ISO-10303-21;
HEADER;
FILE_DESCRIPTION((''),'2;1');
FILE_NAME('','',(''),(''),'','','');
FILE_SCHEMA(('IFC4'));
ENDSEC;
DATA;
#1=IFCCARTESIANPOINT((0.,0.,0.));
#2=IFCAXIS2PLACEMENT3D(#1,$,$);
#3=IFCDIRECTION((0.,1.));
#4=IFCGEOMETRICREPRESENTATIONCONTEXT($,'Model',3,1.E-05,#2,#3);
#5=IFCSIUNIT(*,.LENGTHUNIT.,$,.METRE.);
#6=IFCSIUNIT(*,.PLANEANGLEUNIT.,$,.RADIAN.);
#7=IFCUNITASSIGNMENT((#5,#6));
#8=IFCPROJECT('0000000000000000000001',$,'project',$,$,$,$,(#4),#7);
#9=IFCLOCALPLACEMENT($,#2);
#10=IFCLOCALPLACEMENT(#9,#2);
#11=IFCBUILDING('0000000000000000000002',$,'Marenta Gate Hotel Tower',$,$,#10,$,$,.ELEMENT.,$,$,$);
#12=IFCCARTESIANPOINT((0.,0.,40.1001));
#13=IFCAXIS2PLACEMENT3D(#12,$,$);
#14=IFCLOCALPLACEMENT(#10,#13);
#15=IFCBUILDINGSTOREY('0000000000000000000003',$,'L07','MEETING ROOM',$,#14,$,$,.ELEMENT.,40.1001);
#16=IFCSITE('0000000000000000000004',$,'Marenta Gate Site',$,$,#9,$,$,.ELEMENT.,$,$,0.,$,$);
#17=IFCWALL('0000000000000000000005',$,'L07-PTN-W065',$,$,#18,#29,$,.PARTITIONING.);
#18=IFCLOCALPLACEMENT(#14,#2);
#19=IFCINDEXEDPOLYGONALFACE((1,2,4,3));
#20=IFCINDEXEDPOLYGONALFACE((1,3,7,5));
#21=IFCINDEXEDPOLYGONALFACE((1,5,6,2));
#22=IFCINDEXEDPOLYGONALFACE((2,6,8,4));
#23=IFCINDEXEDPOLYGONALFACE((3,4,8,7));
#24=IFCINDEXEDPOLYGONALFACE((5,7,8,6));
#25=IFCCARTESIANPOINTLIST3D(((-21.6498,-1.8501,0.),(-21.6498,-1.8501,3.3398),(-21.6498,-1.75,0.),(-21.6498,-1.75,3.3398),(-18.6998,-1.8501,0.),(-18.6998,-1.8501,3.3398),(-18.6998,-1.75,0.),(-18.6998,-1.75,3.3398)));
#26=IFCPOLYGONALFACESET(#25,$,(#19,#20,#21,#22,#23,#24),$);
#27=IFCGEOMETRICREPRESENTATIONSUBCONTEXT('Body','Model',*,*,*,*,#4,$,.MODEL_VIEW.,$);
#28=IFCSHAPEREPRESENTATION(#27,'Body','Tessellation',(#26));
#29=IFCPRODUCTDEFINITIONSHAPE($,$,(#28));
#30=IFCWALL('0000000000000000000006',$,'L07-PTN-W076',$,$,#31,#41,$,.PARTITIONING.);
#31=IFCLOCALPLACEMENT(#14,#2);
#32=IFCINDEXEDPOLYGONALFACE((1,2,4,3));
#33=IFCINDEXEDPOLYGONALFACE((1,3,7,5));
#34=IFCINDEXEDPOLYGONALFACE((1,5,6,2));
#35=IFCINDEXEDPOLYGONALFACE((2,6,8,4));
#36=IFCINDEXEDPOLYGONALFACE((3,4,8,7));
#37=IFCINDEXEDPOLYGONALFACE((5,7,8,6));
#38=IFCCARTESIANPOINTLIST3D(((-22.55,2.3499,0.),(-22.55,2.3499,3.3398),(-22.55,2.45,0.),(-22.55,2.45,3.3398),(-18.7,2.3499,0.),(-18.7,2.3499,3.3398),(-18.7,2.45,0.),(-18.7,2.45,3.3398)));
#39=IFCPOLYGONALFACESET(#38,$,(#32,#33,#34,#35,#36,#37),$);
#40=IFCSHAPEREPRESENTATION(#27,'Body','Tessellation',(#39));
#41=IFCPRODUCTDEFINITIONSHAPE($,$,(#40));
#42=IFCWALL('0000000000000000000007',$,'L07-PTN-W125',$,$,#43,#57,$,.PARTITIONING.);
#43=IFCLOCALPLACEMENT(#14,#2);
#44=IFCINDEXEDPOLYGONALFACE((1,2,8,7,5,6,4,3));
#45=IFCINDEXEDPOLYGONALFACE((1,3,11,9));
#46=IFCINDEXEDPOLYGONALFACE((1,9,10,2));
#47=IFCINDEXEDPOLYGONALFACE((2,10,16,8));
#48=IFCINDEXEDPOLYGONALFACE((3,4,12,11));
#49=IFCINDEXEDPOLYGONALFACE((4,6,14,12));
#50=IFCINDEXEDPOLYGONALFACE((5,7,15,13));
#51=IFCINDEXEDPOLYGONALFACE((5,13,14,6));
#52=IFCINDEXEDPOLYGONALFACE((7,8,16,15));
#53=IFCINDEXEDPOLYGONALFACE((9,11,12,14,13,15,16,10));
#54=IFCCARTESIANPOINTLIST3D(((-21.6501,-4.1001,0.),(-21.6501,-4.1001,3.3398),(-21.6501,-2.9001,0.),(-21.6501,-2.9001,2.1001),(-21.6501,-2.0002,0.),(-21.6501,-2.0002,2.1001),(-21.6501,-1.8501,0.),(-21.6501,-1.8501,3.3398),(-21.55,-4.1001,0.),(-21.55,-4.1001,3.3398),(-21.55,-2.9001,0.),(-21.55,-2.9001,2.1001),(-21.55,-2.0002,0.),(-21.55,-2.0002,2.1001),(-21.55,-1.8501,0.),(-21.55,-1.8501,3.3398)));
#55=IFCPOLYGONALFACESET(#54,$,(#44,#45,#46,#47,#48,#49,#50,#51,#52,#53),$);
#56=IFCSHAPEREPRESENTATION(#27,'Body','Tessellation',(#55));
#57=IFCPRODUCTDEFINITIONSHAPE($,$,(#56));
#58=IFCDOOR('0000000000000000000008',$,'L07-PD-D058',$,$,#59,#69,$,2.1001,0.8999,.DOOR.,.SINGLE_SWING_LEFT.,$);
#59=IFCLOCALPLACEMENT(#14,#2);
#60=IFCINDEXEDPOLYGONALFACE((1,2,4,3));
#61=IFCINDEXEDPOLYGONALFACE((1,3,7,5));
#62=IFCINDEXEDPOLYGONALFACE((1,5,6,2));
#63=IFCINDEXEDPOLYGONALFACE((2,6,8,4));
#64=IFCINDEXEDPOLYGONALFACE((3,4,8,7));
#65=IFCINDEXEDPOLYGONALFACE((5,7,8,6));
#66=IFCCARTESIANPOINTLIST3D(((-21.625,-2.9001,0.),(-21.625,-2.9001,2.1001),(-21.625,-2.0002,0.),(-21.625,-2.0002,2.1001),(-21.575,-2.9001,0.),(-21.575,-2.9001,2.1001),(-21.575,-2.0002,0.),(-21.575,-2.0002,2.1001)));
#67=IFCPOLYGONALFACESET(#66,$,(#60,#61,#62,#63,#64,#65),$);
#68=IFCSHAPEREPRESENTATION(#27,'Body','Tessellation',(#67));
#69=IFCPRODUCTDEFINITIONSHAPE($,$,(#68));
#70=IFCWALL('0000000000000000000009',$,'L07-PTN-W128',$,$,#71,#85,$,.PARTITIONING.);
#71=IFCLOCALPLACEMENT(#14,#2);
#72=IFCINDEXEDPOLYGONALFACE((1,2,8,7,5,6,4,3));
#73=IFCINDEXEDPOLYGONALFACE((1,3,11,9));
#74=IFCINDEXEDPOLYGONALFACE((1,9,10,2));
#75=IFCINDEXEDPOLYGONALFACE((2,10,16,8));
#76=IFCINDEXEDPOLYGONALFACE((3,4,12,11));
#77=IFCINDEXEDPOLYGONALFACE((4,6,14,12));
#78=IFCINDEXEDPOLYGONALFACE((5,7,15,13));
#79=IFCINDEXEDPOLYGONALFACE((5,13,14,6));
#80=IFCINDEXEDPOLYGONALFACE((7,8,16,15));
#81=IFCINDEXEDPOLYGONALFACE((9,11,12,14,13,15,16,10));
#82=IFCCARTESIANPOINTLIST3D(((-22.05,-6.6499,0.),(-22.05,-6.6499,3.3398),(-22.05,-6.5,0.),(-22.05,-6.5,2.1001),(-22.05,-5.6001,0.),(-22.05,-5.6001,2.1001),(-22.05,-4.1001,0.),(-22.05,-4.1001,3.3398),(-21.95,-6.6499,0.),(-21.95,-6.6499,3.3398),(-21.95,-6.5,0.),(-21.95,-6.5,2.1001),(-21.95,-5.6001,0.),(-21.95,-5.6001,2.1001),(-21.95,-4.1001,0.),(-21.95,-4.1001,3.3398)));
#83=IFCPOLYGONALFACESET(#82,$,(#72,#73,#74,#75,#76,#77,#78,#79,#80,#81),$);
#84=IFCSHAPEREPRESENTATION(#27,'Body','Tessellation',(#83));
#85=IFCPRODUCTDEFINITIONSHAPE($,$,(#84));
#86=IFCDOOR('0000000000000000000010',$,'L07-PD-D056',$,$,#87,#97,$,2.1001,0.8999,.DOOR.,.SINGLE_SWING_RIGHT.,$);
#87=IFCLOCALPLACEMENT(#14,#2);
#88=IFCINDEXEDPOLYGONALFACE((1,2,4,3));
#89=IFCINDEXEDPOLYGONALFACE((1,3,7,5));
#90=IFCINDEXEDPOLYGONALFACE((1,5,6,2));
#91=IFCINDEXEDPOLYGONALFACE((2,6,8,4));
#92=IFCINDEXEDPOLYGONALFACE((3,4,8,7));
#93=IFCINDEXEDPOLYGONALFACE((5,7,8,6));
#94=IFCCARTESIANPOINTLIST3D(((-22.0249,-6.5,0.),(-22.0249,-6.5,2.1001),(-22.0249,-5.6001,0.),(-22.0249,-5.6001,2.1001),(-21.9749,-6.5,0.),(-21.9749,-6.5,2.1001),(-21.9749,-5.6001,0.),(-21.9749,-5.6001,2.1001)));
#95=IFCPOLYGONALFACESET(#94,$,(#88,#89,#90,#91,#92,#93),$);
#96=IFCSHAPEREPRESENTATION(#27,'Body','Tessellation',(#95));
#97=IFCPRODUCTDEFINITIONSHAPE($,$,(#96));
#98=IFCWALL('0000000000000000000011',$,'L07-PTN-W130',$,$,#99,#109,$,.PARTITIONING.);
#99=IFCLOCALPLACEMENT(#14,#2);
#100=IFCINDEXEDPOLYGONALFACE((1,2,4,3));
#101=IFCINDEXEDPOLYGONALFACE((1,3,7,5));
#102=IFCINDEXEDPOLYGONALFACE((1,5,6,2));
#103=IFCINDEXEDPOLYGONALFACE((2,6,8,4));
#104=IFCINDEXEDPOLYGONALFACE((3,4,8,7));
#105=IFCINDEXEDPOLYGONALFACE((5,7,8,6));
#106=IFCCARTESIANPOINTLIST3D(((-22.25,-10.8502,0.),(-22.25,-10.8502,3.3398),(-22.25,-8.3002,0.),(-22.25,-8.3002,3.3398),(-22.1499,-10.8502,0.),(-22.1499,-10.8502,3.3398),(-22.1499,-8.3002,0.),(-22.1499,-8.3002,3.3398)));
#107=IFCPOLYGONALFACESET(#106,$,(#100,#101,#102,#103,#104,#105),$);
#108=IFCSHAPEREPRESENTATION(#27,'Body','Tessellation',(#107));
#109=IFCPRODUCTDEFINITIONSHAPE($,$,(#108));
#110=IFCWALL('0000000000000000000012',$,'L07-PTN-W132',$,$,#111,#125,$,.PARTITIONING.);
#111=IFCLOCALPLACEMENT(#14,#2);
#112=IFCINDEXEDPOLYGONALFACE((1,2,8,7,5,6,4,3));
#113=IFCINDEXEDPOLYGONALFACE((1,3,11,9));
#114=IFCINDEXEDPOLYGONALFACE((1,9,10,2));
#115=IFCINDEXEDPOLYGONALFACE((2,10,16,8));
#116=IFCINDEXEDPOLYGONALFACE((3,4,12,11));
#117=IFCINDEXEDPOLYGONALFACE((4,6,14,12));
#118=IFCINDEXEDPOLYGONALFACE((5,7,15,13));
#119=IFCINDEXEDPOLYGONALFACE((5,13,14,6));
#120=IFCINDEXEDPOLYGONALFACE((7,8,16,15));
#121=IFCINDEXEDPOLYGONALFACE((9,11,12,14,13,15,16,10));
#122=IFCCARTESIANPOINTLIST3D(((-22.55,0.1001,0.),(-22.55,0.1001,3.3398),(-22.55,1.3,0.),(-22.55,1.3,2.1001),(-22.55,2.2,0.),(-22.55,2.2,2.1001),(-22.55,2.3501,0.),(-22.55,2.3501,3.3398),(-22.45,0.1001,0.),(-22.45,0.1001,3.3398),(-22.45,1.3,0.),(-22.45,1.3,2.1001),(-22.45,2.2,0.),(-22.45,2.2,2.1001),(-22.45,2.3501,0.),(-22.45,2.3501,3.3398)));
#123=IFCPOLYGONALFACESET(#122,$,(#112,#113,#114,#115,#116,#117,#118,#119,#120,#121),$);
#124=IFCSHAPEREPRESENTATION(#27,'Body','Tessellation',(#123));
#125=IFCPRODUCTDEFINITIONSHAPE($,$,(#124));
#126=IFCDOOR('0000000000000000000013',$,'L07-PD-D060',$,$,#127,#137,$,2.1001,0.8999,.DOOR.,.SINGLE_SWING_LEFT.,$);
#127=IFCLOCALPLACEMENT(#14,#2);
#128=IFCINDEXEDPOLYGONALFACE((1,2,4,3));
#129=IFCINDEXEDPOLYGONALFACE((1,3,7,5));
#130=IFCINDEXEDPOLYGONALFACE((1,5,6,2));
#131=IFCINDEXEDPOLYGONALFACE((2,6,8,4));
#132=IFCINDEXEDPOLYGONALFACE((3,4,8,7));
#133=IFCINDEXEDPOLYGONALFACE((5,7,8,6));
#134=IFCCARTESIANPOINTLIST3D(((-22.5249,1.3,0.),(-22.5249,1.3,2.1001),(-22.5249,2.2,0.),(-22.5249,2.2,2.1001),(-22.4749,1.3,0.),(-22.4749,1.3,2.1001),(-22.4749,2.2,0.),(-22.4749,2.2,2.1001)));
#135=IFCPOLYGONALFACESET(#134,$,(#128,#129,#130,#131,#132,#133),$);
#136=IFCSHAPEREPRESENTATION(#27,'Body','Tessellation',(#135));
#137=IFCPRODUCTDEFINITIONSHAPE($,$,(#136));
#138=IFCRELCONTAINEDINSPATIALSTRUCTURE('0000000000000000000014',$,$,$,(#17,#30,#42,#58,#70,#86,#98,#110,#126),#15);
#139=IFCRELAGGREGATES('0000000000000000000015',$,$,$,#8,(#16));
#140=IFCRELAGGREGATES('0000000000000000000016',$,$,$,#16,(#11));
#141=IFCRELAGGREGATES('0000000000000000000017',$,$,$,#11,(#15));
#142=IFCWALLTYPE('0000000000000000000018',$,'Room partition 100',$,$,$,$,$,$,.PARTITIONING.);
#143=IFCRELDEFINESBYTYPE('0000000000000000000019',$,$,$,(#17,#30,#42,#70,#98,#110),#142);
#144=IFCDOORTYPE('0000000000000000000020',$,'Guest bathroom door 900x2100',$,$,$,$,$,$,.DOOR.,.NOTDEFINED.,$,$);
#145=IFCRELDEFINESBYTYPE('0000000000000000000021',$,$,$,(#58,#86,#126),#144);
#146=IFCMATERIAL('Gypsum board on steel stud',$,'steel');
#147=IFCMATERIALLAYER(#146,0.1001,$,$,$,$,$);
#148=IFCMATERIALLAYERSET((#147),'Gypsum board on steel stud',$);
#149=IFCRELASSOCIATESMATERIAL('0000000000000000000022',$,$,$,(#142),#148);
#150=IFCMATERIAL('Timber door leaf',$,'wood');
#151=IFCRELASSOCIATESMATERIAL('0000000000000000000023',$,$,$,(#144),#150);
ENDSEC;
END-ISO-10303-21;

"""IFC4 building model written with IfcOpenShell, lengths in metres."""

from ifc_helpers import new_model, si_unit, direction, frame, frame_2d, origin, place, context, subcontext, project, spatial, rectangle, extrude, material, layer, layer_set, type_object, element, fill, save


model = new_model("IFC4")

# Units and contexts
model_context = context("Model", 3, precision=1e-05, world=origin(), true_north=direction((0.0, 1.0)))
body_context = subcontext(model_context, "Body", "Model", "MODEL_VIEW")
ifc_project = project(units=[si_unit("LENGTHUNIT", "METRE"), si_unit("PLANEANGLEUNIT", "RADIAN")], contexts=[model_context])

# Site, building, storey
site_placement = place(None, origin())
site = spatial("IfcSite", under=ifc_project, at=site_placement, Name="Marenta Gate Site", CompositionType="ELEMENT", RefElevation=0.0)
building_placement = place(site_placement, origin())
building = spatial("IfcBuilding", under=site, at=building_placement, Name="Marenta Gate Hotel Tower", CompositionType="ELEMENT")
storey_placement = place(building_placement, frame((0.0, 0.0, 40.1001)))
storey = spatial("IfcBuildingStorey", under=building, at=storey_placement, Name="L07", Description="MEETING ROOM", CompositionType="ELEMENT", Elevation=40.1001)

# Shared definitions
ifc_material_1 = material(Name="Gypsum board on steel stud", Category="steel")
ifc_layer_1 = layer(ifc_material_1, 0.1001)
ifc_layer_set_1 = layer_set([ifc_layer_1], Name="Gypsum board on steel stud")
wall_type_1 = type_object("IfcWallType", Name="Room partition 100", PredefinedType="PARTITIONING", material=ifc_layer_set_1)

# Walls
wall_1_placement = place(storey_placement, frame((-21.6499, -1.8, 0.0), z_axis=(0.0, 0.0, 1.0), x_axis=(1.0, 0.0, 0.0)))
element("IfcWall", 1, at=wall_1_placement, inside=storey, type_object=wall_type_1, Name="L07-PTN-W065", PredefinedType="PARTITIONING", context=body_context, shape_type="SweptSolid", body=[
    extrude(rectangle(XDim=2.95, YDim=0.1001, at=frame_2d((1.4751, 0.0))), origin(), (0.0, 0.0, 1.0), 3.3398),
])
wall_2_placement = place(storey_placement, frame((-22.55, 2.3999, 0.0), z_axis=(0.0, 0.0, 1.0), x_axis=(1.0, 0.0, 0.0)))
element("IfcWall", 2, at=wall_2_placement, inside=storey, type_object=wall_type_1, Name="L07-PTN-W076", PredefinedType="PARTITIONING", context=body_context, shape_type="SweptSolid", body=[
    extrude(rectangle(XDim=3.8501, YDim=0.1001, at=frame_2d((1.925, 0.0))), origin(), (0.0, 0.0, 1.0), 3.3398),
])

# Walls, openings, doors
wall_3_placement = place(storey_placement, frame((-21.6001, -4.1001, 0.0), z_axis=(0.0, 0.0, 1.0), x_axis=(0.0, 1.0, 0.0)))
wall_3 = element("IfcWall", 3, at=wall_3_placement, inside=storey, type_object=wall_type_1, Name="L07-PTN-W125", PredefinedType="PARTITIONING", context=body_context, shape_type="SweptSolid", body=[
    extrude(rectangle(XDim=2.25, YDim=0.1001, at=frame_2d((1.125, 0.0))), origin(), (0.0, 0.0, 1.0), 3.3398),
])
opening_1_placement = place(wall_3_placement, frame((1.2, 0.0, 0.0)))
opening_1 = element("IfcOpeningElement", 4, at=opening_1_placement, cuts=wall_3, PredefinedType="OPENING", context=body_context, shape_type="SweptSolid", body=[
    extrude(rectangle(XDim=0.8999, YDim=2.1001, at=frame_2d((0.45, 1.05))), frame((0.0, 0.05, 0.0), z_axis=(0.0, -1.0, 0.0), x_axis=(1.0, 0.0, 0.0)), (0.0, 0.0, 1.0), 0.1001),
])
ifc_material_2 = material(Name="Timber door leaf", Category="wood")
door_type_1 = type_object("IfcDoorType", Name="Guest bathroom door 900x2100", OperationType="NOTDEFINED", PredefinedType="DOOR", material=ifc_material_2)
door_1_placement = place(opening_1_placement, origin())
door_1 = element("IfcDoor", 5, at=door_1_placement, inside=storey, type_object=door_type_1, Name="L07-PD-D058", OperationType="SINGLE_SWING_LEFT", OverallHeight=2.1001, OverallWidth=0.8999, PredefinedType="DOOR", context=body_context, shape_type="SweptSolid", body=[
    extrude(rectangle(XDim=0.8999, YDim=2.1001, at=frame_2d((0.45, 1.05))), frame((0.0, 0.0249, 0.0), z_axis=(0.0, -1.0, 0.0), x_axis=(1.0, 0.0, 0.0)), (0.0, 0.0, 1.0), 0.05),
])
fill(opening_1, door_1)
wall_4_placement = place(storey_placement, frame((-22.0, -6.6499, 0.0), z_axis=(0.0, 0.0, 1.0), x_axis=(0.0, 1.0, 0.0)))
wall_4 = element("IfcWall", 6, at=wall_4_placement, inside=storey, type_object=wall_type_1, Name="L07-PTN-W128", PredefinedType="PARTITIONING", context=body_context, shape_type="SweptSolid", body=[
    extrude(rectangle(XDim=2.5498, YDim=0.1001, at=frame_2d((1.2749, 0.0))), origin(), (0.0, 0.0, 1.0), 3.3398),
])
opening_2_placement = place(wall_4_placement, frame((0.1499, 0.0, 0.0)))
opening_2 = element("IfcOpeningElement", 7, at=opening_2_placement, cuts=wall_4, PredefinedType="OPENING", context=body_context, shape_type="SweptSolid", body=[
    extrude(rectangle(XDim=0.8999, YDim=2.1001, at=frame_2d((0.45, 1.05))), frame((0.0, 0.05, 0.0), z_axis=(0.0, -1.0, 0.0), x_axis=(1.0, 0.0, 0.0)), (0.0, 0.0, 1.0), 0.1001),
])
door_2_placement = place(opening_2_placement, origin())
door_2 = element("IfcDoor", 8, at=door_2_placement, inside=storey, type_object=door_type_1, Name="L07-PD-D056", OperationType="SINGLE_SWING_RIGHT", OverallHeight=2.1001, OverallWidth=0.8999, PredefinedType="DOOR", context=body_context, shape_type="SweptSolid", body=[
    extrude(rectangle(XDim=0.8999, YDim=2.1001, at=frame_2d((0.45, 1.05))), frame((0.0, 0.0249, 0.0), z_axis=(0.0, -1.0, 0.0), x_axis=(1.0, 0.0, 0.0)), (0.0, 0.0, 1.0), 0.05),
])
fill(opening_2, door_2)

# Wall
wall_5_placement = place(storey_placement, frame((-22.2, -10.8501, 0.0), z_axis=(0.0, 0.0, 1.0), x_axis=(0.0, 1.0, 0.0)))
element("IfcWall", 9, at=wall_5_placement, inside=storey, type_object=wall_type_1, Name="L07-PTN-W130", PredefinedType="PARTITIONING", context=body_context, shape_type="SweptSolid", body=[
    extrude(rectangle(XDim=2.55, YDim=0.1001, at=frame_2d((1.2749, 0.0))), origin(), (0.0, 0.0, 1.0), 3.3398),
])

# Wall, opening, door
wall_6_placement = place(storey_placement, frame((-22.5, 0.1001, 0.0), z_axis=(0.0, 0.0, 1.0), x_axis=(0.0, 1.0, 0.0)))
wall_6 = element("IfcWall", 10, at=wall_6_placement, inside=storey, type_object=wall_type_1, Name="L07-PTN-W132", PredefinedType="PARTITIONING", context=body_context, shape_type="SweptSolid", body=[
    extrude(rectangle(XDim=2.25, YDim=0.1001, at=frame_2d((1.125, 0.0))), origin(), (0.0, 0.0, 1.0), 3.3398),
])
opening_3_placement = place(wall_6_placement, frame((1.2, 0.0, 0.0)))
opening_3 = element("IfcOpeningElement", 11, at=opening_3_placement, cuts=wall_6, PredefinedType="OPENING", context=body_context, shape_type="SweptSolid", body=[
    extrude(rectangle(XDim=0.8999, YDim=2.1001, at=frame_2d((0.45, 1.05))), frame((0.0, 0.05, 0.0), z_axis=(0.0, -1.0, 0.0), x_axis=(1.0, 0.0, 0.0)), (0.0, 0.0, 1.0), 0.1001),
])
door_3_placement = place(opening_3_placement, origin())
door_3 = element("IfcDoor", 12, at=door_3_placement, inside=storey, type_object=door_type_1, Name="L07-PD-D060", OperationType="SINGLE_SWING_LEFT", OverallHeight=2.1001, OverallWidth=0.8999, PredefinedType="DOOR", context=body_context, shape_type="SweptSolid", body=[
    extrude(rectangle(XDim=0.8999, YDim=2.1001, at=frame_2d((0.45, 1.05))), frame((0.0, 0.0249, 0.0), z_axis=(0.0, -1.0, 0.0), x_axis=(1.0, 0.0, 0.0)), (0.0, 0.0, 1.0), 0.05),
])
fill(opening_3, door_3)

save(model, "model.ifc")
